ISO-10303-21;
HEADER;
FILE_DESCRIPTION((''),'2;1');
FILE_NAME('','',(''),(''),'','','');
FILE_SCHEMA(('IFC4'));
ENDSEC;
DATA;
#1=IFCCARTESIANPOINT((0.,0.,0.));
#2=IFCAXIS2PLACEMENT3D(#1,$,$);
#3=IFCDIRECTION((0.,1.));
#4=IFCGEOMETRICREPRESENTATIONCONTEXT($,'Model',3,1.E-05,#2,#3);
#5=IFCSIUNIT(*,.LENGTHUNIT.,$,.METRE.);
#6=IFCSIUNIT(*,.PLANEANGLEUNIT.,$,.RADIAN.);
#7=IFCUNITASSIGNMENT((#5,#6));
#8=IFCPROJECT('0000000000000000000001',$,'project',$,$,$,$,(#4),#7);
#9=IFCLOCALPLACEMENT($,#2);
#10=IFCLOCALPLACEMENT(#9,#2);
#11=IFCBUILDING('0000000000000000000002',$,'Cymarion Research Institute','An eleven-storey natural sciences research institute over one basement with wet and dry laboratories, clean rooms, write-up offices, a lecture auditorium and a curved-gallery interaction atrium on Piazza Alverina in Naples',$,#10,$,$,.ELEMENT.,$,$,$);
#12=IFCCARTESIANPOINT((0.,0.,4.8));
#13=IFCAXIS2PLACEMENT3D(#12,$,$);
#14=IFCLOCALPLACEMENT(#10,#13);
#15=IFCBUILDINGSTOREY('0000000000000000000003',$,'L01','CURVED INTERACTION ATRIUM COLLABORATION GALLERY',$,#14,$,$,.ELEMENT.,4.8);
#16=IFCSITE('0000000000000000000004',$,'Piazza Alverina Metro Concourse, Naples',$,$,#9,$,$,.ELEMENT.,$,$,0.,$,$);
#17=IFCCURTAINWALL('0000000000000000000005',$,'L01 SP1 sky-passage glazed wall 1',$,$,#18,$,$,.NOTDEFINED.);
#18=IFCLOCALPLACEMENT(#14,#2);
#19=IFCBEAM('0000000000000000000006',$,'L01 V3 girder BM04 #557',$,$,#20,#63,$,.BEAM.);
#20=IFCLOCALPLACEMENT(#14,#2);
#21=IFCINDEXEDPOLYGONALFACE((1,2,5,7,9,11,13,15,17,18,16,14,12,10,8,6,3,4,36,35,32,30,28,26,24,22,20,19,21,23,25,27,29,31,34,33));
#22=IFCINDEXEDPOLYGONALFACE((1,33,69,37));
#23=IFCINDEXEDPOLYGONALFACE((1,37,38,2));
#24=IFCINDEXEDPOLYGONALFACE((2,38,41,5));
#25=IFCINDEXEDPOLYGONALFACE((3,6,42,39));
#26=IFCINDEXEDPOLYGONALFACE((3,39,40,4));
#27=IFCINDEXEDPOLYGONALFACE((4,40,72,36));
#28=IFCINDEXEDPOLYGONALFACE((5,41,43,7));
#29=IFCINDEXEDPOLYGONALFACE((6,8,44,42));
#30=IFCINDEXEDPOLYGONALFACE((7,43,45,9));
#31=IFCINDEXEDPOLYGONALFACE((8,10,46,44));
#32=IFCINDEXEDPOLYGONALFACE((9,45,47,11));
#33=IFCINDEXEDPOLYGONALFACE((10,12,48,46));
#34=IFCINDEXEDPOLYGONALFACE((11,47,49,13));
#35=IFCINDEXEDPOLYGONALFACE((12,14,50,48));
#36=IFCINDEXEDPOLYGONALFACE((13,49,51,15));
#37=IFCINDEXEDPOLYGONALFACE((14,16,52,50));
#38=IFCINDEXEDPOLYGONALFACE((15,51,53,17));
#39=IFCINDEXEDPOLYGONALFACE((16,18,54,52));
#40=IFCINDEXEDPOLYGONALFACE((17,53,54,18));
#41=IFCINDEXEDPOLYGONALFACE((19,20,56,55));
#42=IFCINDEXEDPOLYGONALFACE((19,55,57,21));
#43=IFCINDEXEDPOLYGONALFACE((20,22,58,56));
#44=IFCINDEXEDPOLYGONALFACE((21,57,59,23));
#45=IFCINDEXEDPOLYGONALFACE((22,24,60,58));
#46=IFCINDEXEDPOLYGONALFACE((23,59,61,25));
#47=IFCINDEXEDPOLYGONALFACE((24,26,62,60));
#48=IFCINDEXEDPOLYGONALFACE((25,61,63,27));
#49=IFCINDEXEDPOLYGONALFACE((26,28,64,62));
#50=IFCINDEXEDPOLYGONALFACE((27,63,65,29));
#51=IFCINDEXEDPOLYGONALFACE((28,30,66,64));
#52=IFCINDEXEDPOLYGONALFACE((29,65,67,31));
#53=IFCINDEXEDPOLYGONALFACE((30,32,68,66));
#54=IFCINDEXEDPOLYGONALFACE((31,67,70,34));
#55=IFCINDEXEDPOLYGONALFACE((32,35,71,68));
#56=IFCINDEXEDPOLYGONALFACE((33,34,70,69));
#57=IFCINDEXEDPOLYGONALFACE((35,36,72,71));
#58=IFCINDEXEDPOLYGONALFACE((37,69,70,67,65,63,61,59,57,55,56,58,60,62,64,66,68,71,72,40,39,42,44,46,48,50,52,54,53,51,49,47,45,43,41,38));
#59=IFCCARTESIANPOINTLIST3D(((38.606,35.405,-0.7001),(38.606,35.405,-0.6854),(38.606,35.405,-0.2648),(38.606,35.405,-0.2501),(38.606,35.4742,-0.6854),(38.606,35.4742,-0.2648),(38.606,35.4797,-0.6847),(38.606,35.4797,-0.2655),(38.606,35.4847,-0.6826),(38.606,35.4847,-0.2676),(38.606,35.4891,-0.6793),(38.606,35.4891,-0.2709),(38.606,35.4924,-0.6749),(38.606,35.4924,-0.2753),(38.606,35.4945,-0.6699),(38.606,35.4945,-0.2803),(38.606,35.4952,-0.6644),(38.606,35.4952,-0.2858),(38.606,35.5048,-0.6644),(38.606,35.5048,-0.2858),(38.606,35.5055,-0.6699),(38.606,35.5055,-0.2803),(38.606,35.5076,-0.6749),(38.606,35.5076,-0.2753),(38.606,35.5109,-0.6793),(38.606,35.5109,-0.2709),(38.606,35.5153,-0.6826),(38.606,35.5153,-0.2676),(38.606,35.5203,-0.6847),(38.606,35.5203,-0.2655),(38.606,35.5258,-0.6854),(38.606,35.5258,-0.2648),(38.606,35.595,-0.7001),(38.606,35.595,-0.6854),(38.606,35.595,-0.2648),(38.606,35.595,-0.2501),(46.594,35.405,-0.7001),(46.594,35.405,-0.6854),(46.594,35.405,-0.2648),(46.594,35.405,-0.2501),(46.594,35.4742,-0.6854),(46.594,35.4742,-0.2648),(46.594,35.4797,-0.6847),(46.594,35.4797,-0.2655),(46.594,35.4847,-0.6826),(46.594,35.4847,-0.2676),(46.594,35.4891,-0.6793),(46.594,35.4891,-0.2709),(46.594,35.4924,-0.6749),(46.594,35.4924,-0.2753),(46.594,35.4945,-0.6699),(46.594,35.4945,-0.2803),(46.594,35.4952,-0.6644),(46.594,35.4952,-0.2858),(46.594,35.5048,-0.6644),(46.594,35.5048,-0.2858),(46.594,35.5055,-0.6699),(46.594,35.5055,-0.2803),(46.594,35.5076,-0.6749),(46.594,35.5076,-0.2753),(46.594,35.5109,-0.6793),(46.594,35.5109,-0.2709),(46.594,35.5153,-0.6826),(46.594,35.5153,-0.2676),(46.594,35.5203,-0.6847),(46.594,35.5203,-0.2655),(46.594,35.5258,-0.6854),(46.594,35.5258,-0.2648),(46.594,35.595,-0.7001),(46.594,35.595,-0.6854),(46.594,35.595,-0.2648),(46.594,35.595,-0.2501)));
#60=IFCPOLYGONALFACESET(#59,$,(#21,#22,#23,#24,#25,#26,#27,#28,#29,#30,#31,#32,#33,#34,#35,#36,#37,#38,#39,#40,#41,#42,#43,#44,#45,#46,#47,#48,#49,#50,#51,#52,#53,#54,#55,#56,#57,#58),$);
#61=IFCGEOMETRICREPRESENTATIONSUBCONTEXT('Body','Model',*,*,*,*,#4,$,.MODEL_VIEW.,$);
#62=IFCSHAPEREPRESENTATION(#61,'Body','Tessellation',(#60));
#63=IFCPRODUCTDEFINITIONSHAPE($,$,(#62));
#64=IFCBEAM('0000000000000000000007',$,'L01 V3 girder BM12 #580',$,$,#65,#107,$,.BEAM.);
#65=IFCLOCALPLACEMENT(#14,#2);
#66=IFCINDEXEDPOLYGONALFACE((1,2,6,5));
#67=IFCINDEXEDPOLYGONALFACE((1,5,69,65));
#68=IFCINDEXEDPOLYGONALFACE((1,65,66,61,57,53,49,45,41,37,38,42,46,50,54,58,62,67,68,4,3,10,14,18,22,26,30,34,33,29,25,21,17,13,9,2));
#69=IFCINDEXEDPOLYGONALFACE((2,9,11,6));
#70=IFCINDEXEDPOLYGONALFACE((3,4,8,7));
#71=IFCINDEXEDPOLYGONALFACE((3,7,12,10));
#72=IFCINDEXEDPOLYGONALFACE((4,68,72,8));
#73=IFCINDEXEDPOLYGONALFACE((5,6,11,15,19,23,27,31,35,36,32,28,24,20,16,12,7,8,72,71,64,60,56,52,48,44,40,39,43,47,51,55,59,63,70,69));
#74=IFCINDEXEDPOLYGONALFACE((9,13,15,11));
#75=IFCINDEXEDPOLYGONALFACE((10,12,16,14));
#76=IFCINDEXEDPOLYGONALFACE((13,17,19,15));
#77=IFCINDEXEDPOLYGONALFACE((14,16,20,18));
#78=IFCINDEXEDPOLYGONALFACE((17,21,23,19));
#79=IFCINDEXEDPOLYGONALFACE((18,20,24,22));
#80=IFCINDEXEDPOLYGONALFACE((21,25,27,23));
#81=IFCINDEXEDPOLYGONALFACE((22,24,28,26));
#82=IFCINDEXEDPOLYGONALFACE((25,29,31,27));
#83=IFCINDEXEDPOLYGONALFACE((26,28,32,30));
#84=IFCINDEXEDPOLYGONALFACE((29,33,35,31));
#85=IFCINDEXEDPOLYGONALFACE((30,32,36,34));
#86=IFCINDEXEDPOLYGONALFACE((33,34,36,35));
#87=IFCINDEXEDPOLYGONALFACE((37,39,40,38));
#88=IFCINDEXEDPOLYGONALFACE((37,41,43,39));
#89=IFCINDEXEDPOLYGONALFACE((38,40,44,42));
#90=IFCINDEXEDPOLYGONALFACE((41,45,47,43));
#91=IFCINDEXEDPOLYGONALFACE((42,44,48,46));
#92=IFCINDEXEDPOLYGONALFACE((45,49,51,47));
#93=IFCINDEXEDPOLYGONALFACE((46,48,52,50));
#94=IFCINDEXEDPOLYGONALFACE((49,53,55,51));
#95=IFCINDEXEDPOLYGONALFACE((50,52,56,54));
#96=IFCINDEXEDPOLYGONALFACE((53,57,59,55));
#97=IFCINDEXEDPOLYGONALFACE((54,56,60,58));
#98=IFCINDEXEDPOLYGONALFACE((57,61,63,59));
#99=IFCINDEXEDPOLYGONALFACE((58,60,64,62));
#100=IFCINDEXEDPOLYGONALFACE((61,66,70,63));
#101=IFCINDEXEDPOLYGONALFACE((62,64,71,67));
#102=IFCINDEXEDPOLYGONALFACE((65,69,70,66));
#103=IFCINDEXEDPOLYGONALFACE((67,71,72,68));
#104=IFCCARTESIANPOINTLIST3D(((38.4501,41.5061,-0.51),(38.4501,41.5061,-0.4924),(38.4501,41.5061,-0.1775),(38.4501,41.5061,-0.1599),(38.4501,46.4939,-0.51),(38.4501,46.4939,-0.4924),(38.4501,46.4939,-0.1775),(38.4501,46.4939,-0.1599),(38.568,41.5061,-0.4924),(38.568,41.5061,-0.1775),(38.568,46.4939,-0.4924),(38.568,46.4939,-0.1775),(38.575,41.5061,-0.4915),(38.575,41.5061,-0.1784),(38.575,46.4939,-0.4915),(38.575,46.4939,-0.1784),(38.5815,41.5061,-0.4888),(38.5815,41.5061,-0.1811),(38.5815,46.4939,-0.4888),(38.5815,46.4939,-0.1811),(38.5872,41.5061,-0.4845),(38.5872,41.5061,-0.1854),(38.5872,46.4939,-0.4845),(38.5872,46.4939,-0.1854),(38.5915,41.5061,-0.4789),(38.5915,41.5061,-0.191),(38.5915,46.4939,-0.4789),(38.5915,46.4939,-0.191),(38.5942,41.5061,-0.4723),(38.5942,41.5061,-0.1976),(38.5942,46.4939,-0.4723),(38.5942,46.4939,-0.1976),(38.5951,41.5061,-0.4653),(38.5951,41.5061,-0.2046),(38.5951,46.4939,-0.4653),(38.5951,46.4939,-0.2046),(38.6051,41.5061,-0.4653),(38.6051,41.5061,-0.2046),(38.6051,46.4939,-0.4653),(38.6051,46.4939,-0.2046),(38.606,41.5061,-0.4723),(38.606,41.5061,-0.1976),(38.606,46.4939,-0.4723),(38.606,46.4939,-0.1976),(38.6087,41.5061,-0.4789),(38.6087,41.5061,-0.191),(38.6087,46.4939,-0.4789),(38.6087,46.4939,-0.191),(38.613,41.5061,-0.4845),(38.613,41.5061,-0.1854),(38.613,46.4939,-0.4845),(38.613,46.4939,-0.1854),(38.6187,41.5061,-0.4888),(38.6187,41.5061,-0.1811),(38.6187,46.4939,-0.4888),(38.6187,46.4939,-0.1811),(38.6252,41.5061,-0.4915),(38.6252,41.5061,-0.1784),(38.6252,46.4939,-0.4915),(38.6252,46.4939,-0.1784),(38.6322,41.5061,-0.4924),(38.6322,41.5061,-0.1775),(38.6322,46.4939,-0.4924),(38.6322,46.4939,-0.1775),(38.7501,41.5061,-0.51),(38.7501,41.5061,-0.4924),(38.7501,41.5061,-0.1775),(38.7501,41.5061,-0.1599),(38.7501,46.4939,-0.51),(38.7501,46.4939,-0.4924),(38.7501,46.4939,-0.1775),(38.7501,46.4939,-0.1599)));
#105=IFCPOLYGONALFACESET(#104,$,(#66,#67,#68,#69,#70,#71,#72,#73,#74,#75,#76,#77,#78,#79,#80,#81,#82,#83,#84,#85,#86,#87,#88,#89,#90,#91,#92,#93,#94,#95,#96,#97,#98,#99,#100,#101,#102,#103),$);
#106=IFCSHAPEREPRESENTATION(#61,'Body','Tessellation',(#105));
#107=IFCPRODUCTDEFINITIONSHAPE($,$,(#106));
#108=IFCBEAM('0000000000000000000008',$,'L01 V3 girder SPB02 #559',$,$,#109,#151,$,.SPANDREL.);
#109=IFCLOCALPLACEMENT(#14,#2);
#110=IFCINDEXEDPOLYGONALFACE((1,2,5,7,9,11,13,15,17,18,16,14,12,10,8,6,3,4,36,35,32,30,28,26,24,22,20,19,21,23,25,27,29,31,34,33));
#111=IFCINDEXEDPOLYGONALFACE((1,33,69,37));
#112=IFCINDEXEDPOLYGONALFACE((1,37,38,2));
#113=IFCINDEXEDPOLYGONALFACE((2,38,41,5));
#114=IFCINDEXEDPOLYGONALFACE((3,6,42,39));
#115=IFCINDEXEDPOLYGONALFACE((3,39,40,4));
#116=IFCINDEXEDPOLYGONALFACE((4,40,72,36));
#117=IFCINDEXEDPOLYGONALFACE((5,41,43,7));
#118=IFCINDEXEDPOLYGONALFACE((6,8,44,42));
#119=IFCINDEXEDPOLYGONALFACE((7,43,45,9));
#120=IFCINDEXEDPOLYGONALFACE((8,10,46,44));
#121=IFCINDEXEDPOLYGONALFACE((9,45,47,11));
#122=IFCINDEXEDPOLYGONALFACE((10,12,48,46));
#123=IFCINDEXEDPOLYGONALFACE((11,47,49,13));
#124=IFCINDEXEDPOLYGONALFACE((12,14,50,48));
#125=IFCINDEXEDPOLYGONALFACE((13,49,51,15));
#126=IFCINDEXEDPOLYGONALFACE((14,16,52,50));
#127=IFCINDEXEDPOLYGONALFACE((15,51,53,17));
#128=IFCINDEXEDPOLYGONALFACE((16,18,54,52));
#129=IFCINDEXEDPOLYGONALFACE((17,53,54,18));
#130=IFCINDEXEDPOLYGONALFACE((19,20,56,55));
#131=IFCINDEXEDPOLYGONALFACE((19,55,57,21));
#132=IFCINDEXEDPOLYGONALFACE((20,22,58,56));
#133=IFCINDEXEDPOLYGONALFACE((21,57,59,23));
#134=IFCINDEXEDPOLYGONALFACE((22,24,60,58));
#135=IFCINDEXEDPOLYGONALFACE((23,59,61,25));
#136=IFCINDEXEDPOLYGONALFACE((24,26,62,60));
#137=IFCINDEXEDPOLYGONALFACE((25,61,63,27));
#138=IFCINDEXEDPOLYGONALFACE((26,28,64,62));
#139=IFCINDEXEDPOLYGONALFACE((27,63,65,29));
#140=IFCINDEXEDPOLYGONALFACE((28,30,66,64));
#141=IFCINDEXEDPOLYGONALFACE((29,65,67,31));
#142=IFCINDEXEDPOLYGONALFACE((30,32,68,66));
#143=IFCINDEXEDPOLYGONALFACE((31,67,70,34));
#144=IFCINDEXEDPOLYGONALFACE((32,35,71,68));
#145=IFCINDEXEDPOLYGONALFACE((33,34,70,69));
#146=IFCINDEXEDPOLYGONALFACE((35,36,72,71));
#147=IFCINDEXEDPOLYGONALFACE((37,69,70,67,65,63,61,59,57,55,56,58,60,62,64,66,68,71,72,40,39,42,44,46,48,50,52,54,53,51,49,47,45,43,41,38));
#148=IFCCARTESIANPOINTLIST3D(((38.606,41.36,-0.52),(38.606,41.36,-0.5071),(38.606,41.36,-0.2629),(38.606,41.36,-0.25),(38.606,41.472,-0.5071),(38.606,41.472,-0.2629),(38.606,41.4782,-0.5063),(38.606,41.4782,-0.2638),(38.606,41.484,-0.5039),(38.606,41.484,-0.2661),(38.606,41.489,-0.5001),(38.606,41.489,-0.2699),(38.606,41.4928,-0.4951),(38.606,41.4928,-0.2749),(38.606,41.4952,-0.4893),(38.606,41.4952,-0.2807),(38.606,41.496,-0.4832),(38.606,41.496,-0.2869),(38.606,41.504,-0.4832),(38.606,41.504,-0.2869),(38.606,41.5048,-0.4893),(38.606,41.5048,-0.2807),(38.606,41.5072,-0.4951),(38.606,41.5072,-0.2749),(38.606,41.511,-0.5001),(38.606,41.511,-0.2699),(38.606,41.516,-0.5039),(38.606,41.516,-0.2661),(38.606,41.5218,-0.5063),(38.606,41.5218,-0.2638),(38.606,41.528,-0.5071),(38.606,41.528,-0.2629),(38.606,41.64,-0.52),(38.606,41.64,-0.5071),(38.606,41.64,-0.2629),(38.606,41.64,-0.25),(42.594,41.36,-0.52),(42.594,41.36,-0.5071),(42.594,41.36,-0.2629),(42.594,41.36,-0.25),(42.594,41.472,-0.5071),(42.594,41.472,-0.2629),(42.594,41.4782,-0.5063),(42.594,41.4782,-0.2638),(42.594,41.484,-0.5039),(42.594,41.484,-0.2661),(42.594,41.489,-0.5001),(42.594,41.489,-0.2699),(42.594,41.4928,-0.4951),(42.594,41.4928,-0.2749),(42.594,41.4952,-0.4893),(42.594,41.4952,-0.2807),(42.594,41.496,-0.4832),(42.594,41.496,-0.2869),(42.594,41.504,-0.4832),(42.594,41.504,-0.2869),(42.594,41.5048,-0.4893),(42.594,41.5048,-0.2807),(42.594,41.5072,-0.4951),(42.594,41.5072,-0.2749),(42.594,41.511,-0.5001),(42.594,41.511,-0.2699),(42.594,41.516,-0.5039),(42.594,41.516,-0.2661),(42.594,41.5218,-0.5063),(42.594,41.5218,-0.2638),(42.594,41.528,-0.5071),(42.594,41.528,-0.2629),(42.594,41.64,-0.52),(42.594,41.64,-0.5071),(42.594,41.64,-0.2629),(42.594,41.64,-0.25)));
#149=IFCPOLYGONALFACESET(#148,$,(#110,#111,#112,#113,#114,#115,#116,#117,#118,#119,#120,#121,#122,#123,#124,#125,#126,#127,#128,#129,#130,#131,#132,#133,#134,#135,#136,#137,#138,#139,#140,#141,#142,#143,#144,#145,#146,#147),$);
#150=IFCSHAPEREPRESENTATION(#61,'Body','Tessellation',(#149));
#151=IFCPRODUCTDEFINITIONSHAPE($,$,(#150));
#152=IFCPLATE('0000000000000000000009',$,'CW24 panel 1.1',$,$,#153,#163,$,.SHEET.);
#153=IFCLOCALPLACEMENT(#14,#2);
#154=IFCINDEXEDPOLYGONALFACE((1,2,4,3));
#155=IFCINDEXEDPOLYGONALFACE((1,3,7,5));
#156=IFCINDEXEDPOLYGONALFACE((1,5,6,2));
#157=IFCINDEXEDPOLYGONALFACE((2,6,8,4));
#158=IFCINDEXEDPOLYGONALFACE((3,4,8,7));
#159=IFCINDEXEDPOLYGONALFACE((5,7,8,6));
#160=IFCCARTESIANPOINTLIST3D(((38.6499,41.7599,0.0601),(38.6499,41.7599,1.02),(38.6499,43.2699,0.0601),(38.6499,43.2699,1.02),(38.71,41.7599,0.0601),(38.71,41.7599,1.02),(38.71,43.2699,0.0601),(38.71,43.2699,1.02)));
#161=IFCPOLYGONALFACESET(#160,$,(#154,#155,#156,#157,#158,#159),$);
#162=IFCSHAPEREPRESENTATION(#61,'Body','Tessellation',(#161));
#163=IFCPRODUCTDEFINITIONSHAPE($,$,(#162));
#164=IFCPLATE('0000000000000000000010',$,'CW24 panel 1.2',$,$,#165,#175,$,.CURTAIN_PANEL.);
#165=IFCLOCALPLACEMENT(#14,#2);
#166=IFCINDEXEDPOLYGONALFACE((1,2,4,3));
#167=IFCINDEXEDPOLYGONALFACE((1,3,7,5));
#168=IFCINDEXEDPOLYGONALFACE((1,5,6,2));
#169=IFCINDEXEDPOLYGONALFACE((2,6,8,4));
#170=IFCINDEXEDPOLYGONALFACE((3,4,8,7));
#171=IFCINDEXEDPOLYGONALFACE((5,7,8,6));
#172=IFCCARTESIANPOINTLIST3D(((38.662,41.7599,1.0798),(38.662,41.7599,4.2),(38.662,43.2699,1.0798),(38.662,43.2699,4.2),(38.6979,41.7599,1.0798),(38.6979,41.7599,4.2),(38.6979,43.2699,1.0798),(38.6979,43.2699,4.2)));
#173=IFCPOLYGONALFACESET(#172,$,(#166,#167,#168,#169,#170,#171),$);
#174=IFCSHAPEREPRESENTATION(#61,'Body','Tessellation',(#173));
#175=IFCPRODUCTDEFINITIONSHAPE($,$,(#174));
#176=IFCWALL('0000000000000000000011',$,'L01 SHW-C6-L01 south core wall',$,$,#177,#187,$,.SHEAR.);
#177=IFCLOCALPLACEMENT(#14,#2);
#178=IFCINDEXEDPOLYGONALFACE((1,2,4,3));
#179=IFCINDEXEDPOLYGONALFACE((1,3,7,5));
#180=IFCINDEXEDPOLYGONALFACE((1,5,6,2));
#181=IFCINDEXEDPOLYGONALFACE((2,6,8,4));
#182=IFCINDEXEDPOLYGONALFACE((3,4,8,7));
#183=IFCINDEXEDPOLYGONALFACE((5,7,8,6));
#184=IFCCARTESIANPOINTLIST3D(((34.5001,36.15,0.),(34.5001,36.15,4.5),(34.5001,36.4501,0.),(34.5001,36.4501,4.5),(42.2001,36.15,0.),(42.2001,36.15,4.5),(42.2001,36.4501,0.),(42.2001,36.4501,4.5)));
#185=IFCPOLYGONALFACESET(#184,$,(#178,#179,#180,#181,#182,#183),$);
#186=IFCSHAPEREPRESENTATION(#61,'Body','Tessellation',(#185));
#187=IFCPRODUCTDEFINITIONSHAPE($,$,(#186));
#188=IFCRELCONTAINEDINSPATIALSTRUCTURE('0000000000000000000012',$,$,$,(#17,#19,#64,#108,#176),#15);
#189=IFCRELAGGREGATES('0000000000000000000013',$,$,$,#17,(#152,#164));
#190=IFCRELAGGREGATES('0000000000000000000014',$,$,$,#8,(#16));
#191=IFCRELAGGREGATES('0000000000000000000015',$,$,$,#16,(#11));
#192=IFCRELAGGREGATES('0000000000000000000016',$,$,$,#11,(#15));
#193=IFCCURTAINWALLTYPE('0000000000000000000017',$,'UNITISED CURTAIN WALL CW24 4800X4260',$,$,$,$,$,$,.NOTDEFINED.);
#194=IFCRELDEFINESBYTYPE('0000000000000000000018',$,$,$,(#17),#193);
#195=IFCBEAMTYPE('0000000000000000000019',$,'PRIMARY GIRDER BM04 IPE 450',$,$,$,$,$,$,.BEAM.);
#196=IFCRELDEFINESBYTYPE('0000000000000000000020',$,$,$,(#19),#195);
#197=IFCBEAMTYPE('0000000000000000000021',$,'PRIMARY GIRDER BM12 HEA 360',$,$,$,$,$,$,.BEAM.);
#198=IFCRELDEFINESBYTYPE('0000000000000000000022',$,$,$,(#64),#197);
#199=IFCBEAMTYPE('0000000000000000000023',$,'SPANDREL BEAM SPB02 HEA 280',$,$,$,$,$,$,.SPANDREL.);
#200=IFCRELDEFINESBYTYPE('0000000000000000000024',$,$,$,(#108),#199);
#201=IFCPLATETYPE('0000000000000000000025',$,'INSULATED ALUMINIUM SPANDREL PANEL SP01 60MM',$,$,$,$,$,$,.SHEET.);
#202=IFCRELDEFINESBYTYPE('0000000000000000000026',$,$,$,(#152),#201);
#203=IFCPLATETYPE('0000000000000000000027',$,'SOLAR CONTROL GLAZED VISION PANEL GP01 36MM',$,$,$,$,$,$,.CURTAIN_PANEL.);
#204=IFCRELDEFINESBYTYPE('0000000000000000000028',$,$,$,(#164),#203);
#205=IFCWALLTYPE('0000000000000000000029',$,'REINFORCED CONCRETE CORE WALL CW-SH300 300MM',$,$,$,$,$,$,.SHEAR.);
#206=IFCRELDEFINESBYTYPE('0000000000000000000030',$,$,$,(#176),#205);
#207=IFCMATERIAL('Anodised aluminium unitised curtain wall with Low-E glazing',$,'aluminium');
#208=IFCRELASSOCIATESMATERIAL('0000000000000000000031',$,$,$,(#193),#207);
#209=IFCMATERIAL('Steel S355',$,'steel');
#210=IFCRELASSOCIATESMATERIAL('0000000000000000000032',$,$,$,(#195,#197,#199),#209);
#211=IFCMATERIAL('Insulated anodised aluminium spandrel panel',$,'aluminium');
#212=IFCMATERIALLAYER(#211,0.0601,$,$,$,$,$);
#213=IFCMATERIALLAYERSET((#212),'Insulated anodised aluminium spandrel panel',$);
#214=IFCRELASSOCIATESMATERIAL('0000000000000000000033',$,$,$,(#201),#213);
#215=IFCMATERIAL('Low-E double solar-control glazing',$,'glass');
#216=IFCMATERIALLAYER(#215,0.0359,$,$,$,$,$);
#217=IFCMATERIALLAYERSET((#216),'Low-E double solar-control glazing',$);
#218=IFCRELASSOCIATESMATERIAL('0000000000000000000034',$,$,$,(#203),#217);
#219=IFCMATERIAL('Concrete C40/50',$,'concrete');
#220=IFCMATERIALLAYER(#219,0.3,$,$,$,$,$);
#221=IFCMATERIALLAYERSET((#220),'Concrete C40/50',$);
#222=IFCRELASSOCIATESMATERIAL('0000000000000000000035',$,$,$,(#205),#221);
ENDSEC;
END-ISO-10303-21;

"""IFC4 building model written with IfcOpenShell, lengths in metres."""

from ifc_helpers import new_model, si_unit, direction, frame, frame_2d, origin, origin_2d, place, context, subcontext, project, spatial, rectangle, i_section, extrude, material, layer, layer_set, material_profile, profile_set, type_object, element, aggregate, save


model = new_model("IFC4")

# Units and contexts
model_context = context("Model", 3, precision=1e-05, world=origin(), true_north=direction((0.0, 1.0)))
body_context = subcontext(model_context, "Body", "Model", "MODEL_VIEW")
ifc_project = project(units=[si_unit("LENGTHUNIT", "METRE"), si_unit("PLANEANGLEUNIT", "RADIAN")], contexts=[model_context])

# Site, building, storey
site_placement = place(None, origin())
site = spatial("IfcSite", under=ifc_project, at=site_placement, Name="Piazza Alverina Metro Concourse, Naples", CompositionType="ELEMENT", RefElevation=0.0)
building_placement = place(site_placement, origin())
building = spatial("IfcBuilding", under=site, at=building_placement, Name="Cymarion Research Institute", Description="An eleven-storey natural sciences research institute over one basement with wet and dry laboratories, clean rooms, write-up offices, a lecture auditorium and a curved-gallery interaction atrium on Piazza Alverina in Naples", CompositionType="ELEMENT")
storey_placement = place(building_placement, frame((0.0, 0.0, 4.8)))
storey = spatial("IfcBuildingStorey", under=building, at=storey_placement, Name="L01", Description="CURVED INTERACTION ATRIUM COLLABORATION GALLERY", CompositionType="ELEMENT", Elevation=4.8)

# Shared definitions
ifc_material_1 = material(Name="Steel S355", Category="steel")

# Curtain wall
ifc_material_2 = material(Name="Anodised aluminium unitised curtain wall with Low-E glazing", Category="aluminium")
curtain_wall_type = type_object("IfcCurtainWallType", Name="UNITISED CURTAIN WALL CW24 4800X4260", PredefinedType="NOTDEFINED", material=ifc_material_2)
curtain_wall_placement = place(storey_placement, origin())
curtain_wall = element("IfcCurtainWall", 1, at=curtain_wall_placement, inside=storey, type_object=curtain_wall_type, Name="L01 SP1 sky-passage glazed wall 1", PredefinedType="NOTDEFINED")

# Beams
ifc_material_profile_1 = material_profile(ifc_material_1, i_section(OverallWidth=0.1899, OverallDepth=0.45, WebThickness=0.0095, FlangeThickness=0.0146, FilletRadius=0.021, at=origin_2d()), Name="IPE 450")
ifc_profile_set_1 = profile_set([ifc_material_profile_1], Name="Steel S355")
beam_type_1 = type_object("IfcBeamType", Name="PRIMARY GIRDER BM04 IPE 450", PredefinedType="BEAM", material=ifc_profile_set_1)
beam_1_placement = place(storey_placement, frame((38.606, 35.5, -0.4751), z_axis=(1.0, 0.0, 0.0), x_axis=(0.0, 1.0, 0.0)))
element("IfcBeam", 2, at=beam_1_placement, inside=storey, type_object=beam_type_1, Name="L01 V3 girder BM04 #557", PredefinedType="BEAM", context=body_context, shape_type="SweptSolid", body=[
    extrude(i_section(OverallWidth=0.1899, OverallDepth=0.45, WebThickness=0.0095, FlangeThickness=0.0146, FilletRadius=0.021, at=origin_2d()), origin(), (0.0, 0.0, 1.0), 7.988),
])
ifc_material_profile_2 = material_profile(ifc_material_1, i_section(OverallWidth=0.3, OverallDepth=0.3501, WebThickness=0.01, FlangeThickness=0.0176, FilletRadius=0.0271, at=origin_2d()), Name="HEA 360")
ifc_profile_set_2 = profile_set([ifc_material_profile_2], Name="Steel S355")
beam_type_2 = type_object("IfcBeamType", Name="PRIMARY GIRDER BM12 HEA 360", PredefinedType="BEAM", material=ifc_profile_set_2)
beam_2_placement = place(storey_placement, frame((38.6001, 41.5061, -0.335), z_axis=(0.0, 1.0, 0.0), x_axis=(-1.0, 0.0, 0.0)))
element("IfcBeam", 3, at=beam_2_placement, inside=storey, type_object=beam_type_2, Name="L01 V3 girder BM12 #580", PredefinedType="BEAM", context=body_context, shape_type="SweptSolid", body=[
    extrude(i_section(OverallWidth=0.3, OverallDepth=0.3501, WebThickness=0.01, FlangeThickness=0.0176, FilletRadius=0.0271, at=origin_2d()), origin(), (0.0, 0.0, 1.0), 4.9878),
])
ifc_material_profile_3 = material_profile(ifc_material_1, i_section(OverallWidth=0.28, OverallDepth=0.27, WebThickness=0.0081, FlangeThickness=0.0129, FilletRadius=0.0239, at=origin_2d()), Name="HEA 280")
ifc_profile_set_3 = profile_set([ifc_material_profile_3], Name="Steel S355")
beam_type_3 = type_object("IfcBeamType", Name="SPANDREL BEAM SPB02 HEA 280", PredefinedType="SPANDREL", material=ifc_profile_set_3)
beam_3_placement = place(storey_placement, frame((38.606, 41.5, -0.385), z_axis=(1.0, 0.0, 0.0), x_axis=(0.0, 1.0, 0.0)))
element("IfcBeam", 4, at=beam_3_placement, inside=storey, type_object=beam_type_3, Name="L01 V3 girder SPB02 #559", PredefinedType="SPANDREL", context=body_context, shape_type="SweptSolid", body=[
    extrude(i_section(OverallWidth=0.28, OverallDepth=0.27, WebThickness=0.0081, FlangeThickness=0.0129, FilletRadius=0.0239, at=origin_2d()), origin(), (0.0, 0.0, 1.0), 3.988),
])

# Plates
ifc_material_3 = material(Name="Insulated anodised aluminium spandrel panel", Category="aluminium")
ifc_layer_1 = layer(ifc_material_3, 0.0601)
ifc_layer_set_1 = layer_set([ifc_layer_1], Name="Insulated anodised aluminium spandrel panel")
plate_type_1 = type_object("IfcPlateType", Name="INSULATED ALUMINIUM SPANDREL PANEL SP01 60MM", PredefinedType="SHEET", material=ifc_layer_set_1)
plate_1_placement = place(storey_placement, frame((38.6799, 42.5149, 0.0601), z_axis=(0.0, 0.0, 1.0), x_axis=(0.0, 1.0, 0.0)))
plate_1 = element("IfcPlate", 5, at=plate_1_placement, type_object=plate_type_1, Name="CW24 panel 1.1", PredefinedType="SHEET", context=body_context, shape_type="SweptSolid", body=[
    extrude(rectangle(XDim=1.51, YDim=0.0601, at=origin_2d()), origin(), (0.0, 0.0, 1.0), 0.96),
])
ifc_material_4 = material(Name="Low-E double solar-control glazing", Category="glass")
ifc_layer_2 = layer(ifc_material_4, 0.0359)
ifc_layer_set_2 = layer_set([ifc_layer_2], Name="Low-E double solar-control glazing")
plate_type_2 = type_object("IfcPlateType", Name="SOLAR CONTROL GLAZED VISION PANEL GP01 36MM", PredefinedType="CURTAIN_PANEL", material=ifc_layer_set_2)
plate_2_placement = place(storey_placement, frame((38.6799, 42.5149, 1.0798), z_axis=(0.0, 0.0, 1.0), x_axis=(0.0, 1.0, 0.0)))
plate_2 = element("IfcPlate", 6, at=plate_2_placement, type_object=plate_type_2, Name="CW24 panel 1.2", PredefinedType="CURTAIN_PANEL", context=body_context, shape_type="SweptSolid", body=[
    extrude(rectangle(XDim=1.51, YDim=0.0359, at=origin_2d()), origin(), (0.0, 0.0, 1.0), 3.1201),
])
aggregate(curtain_wall, [plate_1, plate_2])

# Wall
ifc_material_5 = material(Name="Concrete C40/50", Category="concrete")
ifc_layer_3 = layer(ifc_material_5, 0.3)
ifc_layer_set_3 = layer_set([ifc_layer_3], Name="Concrete C40/50")
wall_type = type_object("IfcWallType", Name="REINFORCED CONCRETE CORE WALL CW-SH300 300MM", PredefinedType="SHEAR", material=ifc_layer_set_3)
wall_1_placement = place(storey_placement, frame((34.5, 36.3, 0.0), z_axis=(0.0, 0.0, 1.0), x_axis=(1.0, 0.0, 0.0)))
element("IfcWall", 7, at=wall_1_placement, inside=storey, type_object=wall_type, Name="L01 SHW-C6-L01 south core wall", PredefinedType="SHEAR", context=body_context, shape_type="SweptSolid", body=[
    extrude(rectangle(XDim=7.7, YDim=0.3, at=frame_2d((3.8501, 0.0))), origin(), (0.0, 0.0, 1.0), 4.5),
])

save(model, "model.ifc")
